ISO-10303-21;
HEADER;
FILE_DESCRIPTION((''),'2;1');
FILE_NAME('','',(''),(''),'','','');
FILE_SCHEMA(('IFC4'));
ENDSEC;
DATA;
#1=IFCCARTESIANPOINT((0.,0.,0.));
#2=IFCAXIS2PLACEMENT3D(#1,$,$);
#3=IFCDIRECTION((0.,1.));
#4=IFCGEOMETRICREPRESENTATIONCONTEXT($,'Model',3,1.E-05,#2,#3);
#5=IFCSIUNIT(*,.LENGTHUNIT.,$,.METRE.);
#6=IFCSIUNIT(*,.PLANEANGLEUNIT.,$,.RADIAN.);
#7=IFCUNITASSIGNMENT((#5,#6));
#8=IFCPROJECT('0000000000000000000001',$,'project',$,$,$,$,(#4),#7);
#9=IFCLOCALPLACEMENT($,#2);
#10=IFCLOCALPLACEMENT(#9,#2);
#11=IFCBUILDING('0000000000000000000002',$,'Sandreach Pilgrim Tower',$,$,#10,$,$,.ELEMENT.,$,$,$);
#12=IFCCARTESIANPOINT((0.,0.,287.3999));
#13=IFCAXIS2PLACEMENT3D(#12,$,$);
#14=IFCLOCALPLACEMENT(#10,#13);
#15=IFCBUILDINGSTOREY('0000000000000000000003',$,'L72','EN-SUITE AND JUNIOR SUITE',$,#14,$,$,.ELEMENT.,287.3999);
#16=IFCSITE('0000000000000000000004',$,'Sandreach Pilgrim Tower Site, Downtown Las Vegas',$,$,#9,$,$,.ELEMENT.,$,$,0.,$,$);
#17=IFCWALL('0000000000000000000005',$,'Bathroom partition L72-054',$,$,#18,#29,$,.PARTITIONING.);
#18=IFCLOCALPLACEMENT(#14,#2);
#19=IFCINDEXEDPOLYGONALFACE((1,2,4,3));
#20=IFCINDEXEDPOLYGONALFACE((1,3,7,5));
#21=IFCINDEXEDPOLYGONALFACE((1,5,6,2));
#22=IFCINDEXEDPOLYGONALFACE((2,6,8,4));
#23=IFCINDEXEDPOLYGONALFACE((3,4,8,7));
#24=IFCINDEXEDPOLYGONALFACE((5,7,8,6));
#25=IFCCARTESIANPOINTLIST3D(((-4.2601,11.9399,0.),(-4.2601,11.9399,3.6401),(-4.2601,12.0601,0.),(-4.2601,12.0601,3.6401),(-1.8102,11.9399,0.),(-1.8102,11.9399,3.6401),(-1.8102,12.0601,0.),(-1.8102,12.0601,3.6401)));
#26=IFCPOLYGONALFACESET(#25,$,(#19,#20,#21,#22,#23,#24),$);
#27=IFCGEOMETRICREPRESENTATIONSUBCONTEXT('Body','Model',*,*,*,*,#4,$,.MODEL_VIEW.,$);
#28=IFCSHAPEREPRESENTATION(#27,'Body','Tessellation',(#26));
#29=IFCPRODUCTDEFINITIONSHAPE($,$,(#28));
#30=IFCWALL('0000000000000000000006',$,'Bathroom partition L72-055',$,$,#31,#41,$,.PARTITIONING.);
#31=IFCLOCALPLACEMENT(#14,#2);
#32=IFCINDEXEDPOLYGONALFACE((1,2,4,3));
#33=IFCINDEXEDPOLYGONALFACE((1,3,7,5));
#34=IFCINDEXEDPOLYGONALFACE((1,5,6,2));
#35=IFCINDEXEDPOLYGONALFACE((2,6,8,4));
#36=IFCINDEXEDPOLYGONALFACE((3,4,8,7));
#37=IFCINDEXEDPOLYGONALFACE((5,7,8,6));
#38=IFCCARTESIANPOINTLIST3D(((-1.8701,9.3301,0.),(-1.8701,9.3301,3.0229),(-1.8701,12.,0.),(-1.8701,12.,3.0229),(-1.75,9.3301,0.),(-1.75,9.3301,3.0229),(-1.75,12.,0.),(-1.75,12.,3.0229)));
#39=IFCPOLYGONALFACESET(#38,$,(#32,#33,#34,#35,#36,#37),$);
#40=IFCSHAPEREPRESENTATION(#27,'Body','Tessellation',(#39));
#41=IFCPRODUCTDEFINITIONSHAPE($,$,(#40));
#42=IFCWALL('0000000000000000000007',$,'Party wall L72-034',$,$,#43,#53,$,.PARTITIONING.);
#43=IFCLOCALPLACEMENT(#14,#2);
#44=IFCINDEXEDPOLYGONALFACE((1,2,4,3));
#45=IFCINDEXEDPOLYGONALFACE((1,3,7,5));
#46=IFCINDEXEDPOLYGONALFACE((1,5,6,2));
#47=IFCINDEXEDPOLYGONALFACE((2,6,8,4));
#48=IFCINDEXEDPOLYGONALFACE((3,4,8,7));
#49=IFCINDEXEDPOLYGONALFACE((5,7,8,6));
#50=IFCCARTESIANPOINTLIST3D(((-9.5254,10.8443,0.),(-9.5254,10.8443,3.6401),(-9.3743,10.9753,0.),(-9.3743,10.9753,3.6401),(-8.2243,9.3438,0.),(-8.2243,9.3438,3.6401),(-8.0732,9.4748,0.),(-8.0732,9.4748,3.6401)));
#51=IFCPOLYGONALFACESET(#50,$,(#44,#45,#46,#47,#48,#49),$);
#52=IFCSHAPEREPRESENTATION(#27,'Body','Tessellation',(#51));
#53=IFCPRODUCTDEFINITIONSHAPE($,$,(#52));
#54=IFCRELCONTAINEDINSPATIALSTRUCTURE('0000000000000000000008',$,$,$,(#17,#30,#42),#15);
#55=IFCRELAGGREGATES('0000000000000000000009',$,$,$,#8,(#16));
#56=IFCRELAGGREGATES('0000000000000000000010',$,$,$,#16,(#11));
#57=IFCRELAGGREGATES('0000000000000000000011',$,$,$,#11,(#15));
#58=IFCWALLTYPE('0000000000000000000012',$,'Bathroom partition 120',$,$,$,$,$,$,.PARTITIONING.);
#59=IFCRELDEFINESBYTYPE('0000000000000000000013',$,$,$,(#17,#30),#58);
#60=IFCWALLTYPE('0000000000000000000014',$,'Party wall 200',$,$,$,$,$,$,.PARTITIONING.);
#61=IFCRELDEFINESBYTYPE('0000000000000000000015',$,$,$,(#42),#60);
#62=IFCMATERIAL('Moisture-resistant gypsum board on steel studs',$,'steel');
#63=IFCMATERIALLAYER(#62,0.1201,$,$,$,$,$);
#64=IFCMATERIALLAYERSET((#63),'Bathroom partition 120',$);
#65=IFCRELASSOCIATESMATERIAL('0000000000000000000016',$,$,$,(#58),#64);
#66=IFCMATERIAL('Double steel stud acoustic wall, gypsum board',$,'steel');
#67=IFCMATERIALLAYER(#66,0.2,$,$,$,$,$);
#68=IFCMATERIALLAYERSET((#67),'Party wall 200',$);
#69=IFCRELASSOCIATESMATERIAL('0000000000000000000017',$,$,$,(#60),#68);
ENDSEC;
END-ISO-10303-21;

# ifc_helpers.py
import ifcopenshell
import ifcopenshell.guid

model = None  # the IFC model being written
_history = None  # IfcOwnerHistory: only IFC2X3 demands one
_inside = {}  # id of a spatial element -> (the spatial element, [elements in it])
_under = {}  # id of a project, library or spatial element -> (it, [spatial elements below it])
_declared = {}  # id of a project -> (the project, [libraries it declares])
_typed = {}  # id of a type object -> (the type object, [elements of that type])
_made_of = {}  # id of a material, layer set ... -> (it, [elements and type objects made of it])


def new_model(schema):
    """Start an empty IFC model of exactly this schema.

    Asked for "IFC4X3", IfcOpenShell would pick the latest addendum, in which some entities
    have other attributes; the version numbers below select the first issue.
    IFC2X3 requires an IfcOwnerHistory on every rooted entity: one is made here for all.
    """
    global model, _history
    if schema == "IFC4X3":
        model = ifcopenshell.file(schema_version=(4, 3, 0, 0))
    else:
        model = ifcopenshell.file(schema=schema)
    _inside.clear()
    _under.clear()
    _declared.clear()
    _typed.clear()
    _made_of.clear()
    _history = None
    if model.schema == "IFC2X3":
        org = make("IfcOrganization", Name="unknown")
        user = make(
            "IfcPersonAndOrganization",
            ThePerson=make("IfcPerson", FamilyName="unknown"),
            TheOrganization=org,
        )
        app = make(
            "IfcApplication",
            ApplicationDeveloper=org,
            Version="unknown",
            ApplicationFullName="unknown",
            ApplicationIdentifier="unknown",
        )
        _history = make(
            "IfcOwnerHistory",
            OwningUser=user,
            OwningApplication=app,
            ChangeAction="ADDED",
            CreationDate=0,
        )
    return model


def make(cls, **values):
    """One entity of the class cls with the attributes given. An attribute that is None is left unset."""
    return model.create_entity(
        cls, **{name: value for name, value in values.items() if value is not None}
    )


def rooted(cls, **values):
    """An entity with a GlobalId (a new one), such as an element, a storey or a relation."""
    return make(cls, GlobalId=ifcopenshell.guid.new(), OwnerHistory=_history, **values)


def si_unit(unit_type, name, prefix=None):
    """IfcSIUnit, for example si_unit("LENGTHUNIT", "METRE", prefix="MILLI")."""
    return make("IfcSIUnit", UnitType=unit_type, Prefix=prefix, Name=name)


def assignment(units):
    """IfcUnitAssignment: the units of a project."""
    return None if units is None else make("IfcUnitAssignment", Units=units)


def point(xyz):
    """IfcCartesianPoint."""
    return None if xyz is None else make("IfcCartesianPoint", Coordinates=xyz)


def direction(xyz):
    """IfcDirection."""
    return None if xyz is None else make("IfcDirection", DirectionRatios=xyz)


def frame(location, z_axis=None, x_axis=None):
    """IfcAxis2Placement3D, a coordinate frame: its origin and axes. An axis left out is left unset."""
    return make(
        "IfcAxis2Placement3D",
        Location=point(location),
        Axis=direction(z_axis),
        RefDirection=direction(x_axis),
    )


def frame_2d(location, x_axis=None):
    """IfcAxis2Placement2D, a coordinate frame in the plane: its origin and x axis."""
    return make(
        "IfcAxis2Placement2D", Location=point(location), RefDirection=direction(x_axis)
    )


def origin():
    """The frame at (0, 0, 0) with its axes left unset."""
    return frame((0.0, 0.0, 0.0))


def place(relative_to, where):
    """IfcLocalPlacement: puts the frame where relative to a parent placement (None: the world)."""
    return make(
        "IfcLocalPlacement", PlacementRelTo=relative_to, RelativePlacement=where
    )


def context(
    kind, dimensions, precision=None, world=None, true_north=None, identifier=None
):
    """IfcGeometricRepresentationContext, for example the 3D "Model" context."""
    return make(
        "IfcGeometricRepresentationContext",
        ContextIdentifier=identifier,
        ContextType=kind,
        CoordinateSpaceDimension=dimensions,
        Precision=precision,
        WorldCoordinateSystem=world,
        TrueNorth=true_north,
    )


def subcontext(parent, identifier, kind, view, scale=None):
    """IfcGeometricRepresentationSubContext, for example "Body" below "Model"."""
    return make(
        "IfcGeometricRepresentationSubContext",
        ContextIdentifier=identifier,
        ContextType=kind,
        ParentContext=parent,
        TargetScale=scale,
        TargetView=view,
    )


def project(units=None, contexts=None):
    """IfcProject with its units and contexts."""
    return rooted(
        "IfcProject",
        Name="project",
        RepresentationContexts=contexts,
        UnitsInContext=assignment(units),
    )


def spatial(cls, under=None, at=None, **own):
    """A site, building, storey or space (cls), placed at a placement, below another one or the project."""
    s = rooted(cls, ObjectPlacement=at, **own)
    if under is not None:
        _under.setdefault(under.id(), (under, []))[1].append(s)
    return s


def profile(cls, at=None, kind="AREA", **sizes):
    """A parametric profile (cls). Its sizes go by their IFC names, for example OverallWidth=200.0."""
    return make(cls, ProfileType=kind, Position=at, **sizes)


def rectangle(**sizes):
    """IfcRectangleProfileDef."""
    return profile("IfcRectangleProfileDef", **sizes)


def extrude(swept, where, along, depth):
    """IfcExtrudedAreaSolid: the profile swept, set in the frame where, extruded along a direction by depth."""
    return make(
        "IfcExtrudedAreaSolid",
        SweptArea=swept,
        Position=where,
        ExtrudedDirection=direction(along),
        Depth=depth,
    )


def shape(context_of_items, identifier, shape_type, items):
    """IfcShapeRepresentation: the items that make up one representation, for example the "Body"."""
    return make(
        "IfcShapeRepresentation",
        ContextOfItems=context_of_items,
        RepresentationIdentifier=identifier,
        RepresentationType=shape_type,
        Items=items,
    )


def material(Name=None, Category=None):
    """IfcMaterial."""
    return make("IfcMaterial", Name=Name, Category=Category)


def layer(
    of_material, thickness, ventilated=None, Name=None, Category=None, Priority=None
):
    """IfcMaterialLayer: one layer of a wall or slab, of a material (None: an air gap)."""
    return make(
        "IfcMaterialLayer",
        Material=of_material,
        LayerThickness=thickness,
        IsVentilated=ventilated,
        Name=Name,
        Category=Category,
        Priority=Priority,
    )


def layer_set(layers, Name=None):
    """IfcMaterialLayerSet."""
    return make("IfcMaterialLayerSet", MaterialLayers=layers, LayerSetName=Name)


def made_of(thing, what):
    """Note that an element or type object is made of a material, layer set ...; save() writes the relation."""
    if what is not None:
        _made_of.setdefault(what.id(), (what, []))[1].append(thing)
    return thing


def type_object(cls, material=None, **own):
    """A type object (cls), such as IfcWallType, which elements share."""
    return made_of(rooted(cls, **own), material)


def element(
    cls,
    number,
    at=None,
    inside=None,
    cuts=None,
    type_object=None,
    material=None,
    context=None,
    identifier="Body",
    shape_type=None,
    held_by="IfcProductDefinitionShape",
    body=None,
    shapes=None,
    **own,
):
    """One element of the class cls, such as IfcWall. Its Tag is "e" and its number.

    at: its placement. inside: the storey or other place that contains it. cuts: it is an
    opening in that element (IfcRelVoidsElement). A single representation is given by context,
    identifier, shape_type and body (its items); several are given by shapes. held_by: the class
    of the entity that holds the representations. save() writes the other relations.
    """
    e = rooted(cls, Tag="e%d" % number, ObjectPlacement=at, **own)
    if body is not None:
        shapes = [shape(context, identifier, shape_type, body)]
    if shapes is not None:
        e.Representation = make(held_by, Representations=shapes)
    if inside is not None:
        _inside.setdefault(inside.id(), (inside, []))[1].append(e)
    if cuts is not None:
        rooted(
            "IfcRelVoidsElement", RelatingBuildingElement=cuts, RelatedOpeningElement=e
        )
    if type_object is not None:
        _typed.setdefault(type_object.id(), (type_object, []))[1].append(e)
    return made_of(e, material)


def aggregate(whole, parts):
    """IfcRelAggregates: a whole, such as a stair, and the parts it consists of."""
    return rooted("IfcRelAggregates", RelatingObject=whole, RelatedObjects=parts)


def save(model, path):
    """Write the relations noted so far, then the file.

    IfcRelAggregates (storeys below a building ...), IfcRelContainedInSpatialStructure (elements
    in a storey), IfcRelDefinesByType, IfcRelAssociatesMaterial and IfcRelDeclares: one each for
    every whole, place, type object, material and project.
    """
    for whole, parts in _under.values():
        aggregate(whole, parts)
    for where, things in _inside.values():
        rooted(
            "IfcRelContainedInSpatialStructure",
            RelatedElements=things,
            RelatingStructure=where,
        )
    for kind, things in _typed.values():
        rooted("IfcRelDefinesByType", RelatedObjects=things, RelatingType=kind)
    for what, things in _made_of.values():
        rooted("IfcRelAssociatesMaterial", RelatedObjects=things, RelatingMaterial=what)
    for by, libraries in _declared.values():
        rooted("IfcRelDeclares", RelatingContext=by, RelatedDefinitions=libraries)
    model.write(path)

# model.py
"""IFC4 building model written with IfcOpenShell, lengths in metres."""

from ifc_helpers import new_model, si_unit, direction, frame, frame_2d, origin, place, context, subcontext, project, spatial, rectangle, extrude, material, layer, layer_set, type_object, element, save


model = new_model("IFC4")

# Units and contexts
model_context = context("Model", 3, precision=1e-05, world=origin(), true_north=direction((0.0, 1.0)))
body_context = subcontext(model_context, "Body", "Model", "MODEL_VIEW")
ifc_project = project(units=[si_unit("LENGTHUNIT", "METRE"), si_unit("PLANEANGLEUNIT", "RADIAN")], contexts=[model_context])

# Site, building, storey
site_placement = place(None, origin())
site = spatial("IfcSite", under=ifc_project, at=site_placement, Name="Sandreach Pilgrim Tower Site, Downtown Las Vegas", CompositionType="ELEMENT", RefElevation=0.0)
building_placement = place(site_placement, origin())
building = spatial("IfcBuilding", under=site, at=building_placement, Name="Sandreach Pilgrim Tower", CompositionType="ELEMENT")
storey_placement = place(building_placement, frame((0.0, 0.0, 287.3999)))
storey = spatial("IfcBuildingStorey", under=building, at=storey_placement, Name="L72", Description="EN-SUITE AND JUNIOR SUITE", CompositionType="ELEMENT", Elevation=287.3999)

# Shared definitions
ifc_material_1 = material(Name="Moisture-resistant gypsum board on steel studs", Category="steel")
ifc_layer_1 = layer(ifc_material_1, 0.1201)
ifc_layer_set_1 = layer_set([ifc_layer_1], Name="Bathroom partition 120")
wall_type_1 = type_object("IfcWallType", Name="Bathroom partition 120", PredefinedType="PARTITIONING", material=ifc_layer_set_1)

# Walls
wall_1_placement = place(storey_placement, frame((-1.8101, 12.0, 0.0), z_axis=(0.0, 0.0, 1.0), x_axis=(-1.0, 0.0, 0.0)))
element("IfcWall", 1, at=wall_1_placement, inside=storey, type_object=wall_type_1, Name="Bathroom partition L72-054", PredefinedType="PARTITIONING", context=body_context, shape_type="SweptSolid", body=[
    extrude(rectangle(XDim=2.45, YDim=0.1201, at=frame_2d((1.2251, 0.0))), origin(), (0.0, 0.0, 1.0), 3.6401),
])
wall_2_placement = place(storey_placement, frame((-1.8101, 12.0, 0.0), z_axis=(0.0, 0.0, 1.0), x_axis=(0.0, -1.0, 0.0)))
element("IfcWall", 2, at=wall_2_placement, inside=storey, type_object=wall_type_1, Name="Bathroom partition L72-055", PredefinedType="PARTITIONING", context=body_context, shape_type="SweptSolid", body=[
    extrude(rectangle(XDim=2.6699, YDim=0.1201, at=frame_2d((1.335, 0.0))), origin(), (0.0, 0.0, 1.0), 3.0229),
])

# Wall
ifc_material_2 = material(Name="Double steel stud acoustic wall, gypsum board", Category="steel")
ifc_layer_2 = layer(ifc_material_2, 0.2)
ifc_layer_set_2 = layer_set([ifc_layer_2], Name="Party wall 200")
wall_type_2 = type_object("IfcWallType", Name="Party wall 200", PredefinedType="PARTITIONING", material=ifc_layer_set_2)
wall_3_placement = place(storey_placement, frame((-9.45, 10.9099, 0.0), z_axis=(0.0, 0.0, 1.0), x_axis=(0.655104, -0.755539, 0.0)))
element("IfcWall", 3, at=wall_3_placement, inside=storey, type_object=wall_type_2, Name="Party wall L72-034", PredefinedType="PARTITIONING", context=body_context, shape_type="SweptSolid", body=[
    extrude(rectangle(XDim=1.9861, YDim=0.2, at=frame_2d((0.9932, 0.0))), origin(), (0.0, 0.0, 1.0), 3.6401),
])

save(model, "model.ifc")
